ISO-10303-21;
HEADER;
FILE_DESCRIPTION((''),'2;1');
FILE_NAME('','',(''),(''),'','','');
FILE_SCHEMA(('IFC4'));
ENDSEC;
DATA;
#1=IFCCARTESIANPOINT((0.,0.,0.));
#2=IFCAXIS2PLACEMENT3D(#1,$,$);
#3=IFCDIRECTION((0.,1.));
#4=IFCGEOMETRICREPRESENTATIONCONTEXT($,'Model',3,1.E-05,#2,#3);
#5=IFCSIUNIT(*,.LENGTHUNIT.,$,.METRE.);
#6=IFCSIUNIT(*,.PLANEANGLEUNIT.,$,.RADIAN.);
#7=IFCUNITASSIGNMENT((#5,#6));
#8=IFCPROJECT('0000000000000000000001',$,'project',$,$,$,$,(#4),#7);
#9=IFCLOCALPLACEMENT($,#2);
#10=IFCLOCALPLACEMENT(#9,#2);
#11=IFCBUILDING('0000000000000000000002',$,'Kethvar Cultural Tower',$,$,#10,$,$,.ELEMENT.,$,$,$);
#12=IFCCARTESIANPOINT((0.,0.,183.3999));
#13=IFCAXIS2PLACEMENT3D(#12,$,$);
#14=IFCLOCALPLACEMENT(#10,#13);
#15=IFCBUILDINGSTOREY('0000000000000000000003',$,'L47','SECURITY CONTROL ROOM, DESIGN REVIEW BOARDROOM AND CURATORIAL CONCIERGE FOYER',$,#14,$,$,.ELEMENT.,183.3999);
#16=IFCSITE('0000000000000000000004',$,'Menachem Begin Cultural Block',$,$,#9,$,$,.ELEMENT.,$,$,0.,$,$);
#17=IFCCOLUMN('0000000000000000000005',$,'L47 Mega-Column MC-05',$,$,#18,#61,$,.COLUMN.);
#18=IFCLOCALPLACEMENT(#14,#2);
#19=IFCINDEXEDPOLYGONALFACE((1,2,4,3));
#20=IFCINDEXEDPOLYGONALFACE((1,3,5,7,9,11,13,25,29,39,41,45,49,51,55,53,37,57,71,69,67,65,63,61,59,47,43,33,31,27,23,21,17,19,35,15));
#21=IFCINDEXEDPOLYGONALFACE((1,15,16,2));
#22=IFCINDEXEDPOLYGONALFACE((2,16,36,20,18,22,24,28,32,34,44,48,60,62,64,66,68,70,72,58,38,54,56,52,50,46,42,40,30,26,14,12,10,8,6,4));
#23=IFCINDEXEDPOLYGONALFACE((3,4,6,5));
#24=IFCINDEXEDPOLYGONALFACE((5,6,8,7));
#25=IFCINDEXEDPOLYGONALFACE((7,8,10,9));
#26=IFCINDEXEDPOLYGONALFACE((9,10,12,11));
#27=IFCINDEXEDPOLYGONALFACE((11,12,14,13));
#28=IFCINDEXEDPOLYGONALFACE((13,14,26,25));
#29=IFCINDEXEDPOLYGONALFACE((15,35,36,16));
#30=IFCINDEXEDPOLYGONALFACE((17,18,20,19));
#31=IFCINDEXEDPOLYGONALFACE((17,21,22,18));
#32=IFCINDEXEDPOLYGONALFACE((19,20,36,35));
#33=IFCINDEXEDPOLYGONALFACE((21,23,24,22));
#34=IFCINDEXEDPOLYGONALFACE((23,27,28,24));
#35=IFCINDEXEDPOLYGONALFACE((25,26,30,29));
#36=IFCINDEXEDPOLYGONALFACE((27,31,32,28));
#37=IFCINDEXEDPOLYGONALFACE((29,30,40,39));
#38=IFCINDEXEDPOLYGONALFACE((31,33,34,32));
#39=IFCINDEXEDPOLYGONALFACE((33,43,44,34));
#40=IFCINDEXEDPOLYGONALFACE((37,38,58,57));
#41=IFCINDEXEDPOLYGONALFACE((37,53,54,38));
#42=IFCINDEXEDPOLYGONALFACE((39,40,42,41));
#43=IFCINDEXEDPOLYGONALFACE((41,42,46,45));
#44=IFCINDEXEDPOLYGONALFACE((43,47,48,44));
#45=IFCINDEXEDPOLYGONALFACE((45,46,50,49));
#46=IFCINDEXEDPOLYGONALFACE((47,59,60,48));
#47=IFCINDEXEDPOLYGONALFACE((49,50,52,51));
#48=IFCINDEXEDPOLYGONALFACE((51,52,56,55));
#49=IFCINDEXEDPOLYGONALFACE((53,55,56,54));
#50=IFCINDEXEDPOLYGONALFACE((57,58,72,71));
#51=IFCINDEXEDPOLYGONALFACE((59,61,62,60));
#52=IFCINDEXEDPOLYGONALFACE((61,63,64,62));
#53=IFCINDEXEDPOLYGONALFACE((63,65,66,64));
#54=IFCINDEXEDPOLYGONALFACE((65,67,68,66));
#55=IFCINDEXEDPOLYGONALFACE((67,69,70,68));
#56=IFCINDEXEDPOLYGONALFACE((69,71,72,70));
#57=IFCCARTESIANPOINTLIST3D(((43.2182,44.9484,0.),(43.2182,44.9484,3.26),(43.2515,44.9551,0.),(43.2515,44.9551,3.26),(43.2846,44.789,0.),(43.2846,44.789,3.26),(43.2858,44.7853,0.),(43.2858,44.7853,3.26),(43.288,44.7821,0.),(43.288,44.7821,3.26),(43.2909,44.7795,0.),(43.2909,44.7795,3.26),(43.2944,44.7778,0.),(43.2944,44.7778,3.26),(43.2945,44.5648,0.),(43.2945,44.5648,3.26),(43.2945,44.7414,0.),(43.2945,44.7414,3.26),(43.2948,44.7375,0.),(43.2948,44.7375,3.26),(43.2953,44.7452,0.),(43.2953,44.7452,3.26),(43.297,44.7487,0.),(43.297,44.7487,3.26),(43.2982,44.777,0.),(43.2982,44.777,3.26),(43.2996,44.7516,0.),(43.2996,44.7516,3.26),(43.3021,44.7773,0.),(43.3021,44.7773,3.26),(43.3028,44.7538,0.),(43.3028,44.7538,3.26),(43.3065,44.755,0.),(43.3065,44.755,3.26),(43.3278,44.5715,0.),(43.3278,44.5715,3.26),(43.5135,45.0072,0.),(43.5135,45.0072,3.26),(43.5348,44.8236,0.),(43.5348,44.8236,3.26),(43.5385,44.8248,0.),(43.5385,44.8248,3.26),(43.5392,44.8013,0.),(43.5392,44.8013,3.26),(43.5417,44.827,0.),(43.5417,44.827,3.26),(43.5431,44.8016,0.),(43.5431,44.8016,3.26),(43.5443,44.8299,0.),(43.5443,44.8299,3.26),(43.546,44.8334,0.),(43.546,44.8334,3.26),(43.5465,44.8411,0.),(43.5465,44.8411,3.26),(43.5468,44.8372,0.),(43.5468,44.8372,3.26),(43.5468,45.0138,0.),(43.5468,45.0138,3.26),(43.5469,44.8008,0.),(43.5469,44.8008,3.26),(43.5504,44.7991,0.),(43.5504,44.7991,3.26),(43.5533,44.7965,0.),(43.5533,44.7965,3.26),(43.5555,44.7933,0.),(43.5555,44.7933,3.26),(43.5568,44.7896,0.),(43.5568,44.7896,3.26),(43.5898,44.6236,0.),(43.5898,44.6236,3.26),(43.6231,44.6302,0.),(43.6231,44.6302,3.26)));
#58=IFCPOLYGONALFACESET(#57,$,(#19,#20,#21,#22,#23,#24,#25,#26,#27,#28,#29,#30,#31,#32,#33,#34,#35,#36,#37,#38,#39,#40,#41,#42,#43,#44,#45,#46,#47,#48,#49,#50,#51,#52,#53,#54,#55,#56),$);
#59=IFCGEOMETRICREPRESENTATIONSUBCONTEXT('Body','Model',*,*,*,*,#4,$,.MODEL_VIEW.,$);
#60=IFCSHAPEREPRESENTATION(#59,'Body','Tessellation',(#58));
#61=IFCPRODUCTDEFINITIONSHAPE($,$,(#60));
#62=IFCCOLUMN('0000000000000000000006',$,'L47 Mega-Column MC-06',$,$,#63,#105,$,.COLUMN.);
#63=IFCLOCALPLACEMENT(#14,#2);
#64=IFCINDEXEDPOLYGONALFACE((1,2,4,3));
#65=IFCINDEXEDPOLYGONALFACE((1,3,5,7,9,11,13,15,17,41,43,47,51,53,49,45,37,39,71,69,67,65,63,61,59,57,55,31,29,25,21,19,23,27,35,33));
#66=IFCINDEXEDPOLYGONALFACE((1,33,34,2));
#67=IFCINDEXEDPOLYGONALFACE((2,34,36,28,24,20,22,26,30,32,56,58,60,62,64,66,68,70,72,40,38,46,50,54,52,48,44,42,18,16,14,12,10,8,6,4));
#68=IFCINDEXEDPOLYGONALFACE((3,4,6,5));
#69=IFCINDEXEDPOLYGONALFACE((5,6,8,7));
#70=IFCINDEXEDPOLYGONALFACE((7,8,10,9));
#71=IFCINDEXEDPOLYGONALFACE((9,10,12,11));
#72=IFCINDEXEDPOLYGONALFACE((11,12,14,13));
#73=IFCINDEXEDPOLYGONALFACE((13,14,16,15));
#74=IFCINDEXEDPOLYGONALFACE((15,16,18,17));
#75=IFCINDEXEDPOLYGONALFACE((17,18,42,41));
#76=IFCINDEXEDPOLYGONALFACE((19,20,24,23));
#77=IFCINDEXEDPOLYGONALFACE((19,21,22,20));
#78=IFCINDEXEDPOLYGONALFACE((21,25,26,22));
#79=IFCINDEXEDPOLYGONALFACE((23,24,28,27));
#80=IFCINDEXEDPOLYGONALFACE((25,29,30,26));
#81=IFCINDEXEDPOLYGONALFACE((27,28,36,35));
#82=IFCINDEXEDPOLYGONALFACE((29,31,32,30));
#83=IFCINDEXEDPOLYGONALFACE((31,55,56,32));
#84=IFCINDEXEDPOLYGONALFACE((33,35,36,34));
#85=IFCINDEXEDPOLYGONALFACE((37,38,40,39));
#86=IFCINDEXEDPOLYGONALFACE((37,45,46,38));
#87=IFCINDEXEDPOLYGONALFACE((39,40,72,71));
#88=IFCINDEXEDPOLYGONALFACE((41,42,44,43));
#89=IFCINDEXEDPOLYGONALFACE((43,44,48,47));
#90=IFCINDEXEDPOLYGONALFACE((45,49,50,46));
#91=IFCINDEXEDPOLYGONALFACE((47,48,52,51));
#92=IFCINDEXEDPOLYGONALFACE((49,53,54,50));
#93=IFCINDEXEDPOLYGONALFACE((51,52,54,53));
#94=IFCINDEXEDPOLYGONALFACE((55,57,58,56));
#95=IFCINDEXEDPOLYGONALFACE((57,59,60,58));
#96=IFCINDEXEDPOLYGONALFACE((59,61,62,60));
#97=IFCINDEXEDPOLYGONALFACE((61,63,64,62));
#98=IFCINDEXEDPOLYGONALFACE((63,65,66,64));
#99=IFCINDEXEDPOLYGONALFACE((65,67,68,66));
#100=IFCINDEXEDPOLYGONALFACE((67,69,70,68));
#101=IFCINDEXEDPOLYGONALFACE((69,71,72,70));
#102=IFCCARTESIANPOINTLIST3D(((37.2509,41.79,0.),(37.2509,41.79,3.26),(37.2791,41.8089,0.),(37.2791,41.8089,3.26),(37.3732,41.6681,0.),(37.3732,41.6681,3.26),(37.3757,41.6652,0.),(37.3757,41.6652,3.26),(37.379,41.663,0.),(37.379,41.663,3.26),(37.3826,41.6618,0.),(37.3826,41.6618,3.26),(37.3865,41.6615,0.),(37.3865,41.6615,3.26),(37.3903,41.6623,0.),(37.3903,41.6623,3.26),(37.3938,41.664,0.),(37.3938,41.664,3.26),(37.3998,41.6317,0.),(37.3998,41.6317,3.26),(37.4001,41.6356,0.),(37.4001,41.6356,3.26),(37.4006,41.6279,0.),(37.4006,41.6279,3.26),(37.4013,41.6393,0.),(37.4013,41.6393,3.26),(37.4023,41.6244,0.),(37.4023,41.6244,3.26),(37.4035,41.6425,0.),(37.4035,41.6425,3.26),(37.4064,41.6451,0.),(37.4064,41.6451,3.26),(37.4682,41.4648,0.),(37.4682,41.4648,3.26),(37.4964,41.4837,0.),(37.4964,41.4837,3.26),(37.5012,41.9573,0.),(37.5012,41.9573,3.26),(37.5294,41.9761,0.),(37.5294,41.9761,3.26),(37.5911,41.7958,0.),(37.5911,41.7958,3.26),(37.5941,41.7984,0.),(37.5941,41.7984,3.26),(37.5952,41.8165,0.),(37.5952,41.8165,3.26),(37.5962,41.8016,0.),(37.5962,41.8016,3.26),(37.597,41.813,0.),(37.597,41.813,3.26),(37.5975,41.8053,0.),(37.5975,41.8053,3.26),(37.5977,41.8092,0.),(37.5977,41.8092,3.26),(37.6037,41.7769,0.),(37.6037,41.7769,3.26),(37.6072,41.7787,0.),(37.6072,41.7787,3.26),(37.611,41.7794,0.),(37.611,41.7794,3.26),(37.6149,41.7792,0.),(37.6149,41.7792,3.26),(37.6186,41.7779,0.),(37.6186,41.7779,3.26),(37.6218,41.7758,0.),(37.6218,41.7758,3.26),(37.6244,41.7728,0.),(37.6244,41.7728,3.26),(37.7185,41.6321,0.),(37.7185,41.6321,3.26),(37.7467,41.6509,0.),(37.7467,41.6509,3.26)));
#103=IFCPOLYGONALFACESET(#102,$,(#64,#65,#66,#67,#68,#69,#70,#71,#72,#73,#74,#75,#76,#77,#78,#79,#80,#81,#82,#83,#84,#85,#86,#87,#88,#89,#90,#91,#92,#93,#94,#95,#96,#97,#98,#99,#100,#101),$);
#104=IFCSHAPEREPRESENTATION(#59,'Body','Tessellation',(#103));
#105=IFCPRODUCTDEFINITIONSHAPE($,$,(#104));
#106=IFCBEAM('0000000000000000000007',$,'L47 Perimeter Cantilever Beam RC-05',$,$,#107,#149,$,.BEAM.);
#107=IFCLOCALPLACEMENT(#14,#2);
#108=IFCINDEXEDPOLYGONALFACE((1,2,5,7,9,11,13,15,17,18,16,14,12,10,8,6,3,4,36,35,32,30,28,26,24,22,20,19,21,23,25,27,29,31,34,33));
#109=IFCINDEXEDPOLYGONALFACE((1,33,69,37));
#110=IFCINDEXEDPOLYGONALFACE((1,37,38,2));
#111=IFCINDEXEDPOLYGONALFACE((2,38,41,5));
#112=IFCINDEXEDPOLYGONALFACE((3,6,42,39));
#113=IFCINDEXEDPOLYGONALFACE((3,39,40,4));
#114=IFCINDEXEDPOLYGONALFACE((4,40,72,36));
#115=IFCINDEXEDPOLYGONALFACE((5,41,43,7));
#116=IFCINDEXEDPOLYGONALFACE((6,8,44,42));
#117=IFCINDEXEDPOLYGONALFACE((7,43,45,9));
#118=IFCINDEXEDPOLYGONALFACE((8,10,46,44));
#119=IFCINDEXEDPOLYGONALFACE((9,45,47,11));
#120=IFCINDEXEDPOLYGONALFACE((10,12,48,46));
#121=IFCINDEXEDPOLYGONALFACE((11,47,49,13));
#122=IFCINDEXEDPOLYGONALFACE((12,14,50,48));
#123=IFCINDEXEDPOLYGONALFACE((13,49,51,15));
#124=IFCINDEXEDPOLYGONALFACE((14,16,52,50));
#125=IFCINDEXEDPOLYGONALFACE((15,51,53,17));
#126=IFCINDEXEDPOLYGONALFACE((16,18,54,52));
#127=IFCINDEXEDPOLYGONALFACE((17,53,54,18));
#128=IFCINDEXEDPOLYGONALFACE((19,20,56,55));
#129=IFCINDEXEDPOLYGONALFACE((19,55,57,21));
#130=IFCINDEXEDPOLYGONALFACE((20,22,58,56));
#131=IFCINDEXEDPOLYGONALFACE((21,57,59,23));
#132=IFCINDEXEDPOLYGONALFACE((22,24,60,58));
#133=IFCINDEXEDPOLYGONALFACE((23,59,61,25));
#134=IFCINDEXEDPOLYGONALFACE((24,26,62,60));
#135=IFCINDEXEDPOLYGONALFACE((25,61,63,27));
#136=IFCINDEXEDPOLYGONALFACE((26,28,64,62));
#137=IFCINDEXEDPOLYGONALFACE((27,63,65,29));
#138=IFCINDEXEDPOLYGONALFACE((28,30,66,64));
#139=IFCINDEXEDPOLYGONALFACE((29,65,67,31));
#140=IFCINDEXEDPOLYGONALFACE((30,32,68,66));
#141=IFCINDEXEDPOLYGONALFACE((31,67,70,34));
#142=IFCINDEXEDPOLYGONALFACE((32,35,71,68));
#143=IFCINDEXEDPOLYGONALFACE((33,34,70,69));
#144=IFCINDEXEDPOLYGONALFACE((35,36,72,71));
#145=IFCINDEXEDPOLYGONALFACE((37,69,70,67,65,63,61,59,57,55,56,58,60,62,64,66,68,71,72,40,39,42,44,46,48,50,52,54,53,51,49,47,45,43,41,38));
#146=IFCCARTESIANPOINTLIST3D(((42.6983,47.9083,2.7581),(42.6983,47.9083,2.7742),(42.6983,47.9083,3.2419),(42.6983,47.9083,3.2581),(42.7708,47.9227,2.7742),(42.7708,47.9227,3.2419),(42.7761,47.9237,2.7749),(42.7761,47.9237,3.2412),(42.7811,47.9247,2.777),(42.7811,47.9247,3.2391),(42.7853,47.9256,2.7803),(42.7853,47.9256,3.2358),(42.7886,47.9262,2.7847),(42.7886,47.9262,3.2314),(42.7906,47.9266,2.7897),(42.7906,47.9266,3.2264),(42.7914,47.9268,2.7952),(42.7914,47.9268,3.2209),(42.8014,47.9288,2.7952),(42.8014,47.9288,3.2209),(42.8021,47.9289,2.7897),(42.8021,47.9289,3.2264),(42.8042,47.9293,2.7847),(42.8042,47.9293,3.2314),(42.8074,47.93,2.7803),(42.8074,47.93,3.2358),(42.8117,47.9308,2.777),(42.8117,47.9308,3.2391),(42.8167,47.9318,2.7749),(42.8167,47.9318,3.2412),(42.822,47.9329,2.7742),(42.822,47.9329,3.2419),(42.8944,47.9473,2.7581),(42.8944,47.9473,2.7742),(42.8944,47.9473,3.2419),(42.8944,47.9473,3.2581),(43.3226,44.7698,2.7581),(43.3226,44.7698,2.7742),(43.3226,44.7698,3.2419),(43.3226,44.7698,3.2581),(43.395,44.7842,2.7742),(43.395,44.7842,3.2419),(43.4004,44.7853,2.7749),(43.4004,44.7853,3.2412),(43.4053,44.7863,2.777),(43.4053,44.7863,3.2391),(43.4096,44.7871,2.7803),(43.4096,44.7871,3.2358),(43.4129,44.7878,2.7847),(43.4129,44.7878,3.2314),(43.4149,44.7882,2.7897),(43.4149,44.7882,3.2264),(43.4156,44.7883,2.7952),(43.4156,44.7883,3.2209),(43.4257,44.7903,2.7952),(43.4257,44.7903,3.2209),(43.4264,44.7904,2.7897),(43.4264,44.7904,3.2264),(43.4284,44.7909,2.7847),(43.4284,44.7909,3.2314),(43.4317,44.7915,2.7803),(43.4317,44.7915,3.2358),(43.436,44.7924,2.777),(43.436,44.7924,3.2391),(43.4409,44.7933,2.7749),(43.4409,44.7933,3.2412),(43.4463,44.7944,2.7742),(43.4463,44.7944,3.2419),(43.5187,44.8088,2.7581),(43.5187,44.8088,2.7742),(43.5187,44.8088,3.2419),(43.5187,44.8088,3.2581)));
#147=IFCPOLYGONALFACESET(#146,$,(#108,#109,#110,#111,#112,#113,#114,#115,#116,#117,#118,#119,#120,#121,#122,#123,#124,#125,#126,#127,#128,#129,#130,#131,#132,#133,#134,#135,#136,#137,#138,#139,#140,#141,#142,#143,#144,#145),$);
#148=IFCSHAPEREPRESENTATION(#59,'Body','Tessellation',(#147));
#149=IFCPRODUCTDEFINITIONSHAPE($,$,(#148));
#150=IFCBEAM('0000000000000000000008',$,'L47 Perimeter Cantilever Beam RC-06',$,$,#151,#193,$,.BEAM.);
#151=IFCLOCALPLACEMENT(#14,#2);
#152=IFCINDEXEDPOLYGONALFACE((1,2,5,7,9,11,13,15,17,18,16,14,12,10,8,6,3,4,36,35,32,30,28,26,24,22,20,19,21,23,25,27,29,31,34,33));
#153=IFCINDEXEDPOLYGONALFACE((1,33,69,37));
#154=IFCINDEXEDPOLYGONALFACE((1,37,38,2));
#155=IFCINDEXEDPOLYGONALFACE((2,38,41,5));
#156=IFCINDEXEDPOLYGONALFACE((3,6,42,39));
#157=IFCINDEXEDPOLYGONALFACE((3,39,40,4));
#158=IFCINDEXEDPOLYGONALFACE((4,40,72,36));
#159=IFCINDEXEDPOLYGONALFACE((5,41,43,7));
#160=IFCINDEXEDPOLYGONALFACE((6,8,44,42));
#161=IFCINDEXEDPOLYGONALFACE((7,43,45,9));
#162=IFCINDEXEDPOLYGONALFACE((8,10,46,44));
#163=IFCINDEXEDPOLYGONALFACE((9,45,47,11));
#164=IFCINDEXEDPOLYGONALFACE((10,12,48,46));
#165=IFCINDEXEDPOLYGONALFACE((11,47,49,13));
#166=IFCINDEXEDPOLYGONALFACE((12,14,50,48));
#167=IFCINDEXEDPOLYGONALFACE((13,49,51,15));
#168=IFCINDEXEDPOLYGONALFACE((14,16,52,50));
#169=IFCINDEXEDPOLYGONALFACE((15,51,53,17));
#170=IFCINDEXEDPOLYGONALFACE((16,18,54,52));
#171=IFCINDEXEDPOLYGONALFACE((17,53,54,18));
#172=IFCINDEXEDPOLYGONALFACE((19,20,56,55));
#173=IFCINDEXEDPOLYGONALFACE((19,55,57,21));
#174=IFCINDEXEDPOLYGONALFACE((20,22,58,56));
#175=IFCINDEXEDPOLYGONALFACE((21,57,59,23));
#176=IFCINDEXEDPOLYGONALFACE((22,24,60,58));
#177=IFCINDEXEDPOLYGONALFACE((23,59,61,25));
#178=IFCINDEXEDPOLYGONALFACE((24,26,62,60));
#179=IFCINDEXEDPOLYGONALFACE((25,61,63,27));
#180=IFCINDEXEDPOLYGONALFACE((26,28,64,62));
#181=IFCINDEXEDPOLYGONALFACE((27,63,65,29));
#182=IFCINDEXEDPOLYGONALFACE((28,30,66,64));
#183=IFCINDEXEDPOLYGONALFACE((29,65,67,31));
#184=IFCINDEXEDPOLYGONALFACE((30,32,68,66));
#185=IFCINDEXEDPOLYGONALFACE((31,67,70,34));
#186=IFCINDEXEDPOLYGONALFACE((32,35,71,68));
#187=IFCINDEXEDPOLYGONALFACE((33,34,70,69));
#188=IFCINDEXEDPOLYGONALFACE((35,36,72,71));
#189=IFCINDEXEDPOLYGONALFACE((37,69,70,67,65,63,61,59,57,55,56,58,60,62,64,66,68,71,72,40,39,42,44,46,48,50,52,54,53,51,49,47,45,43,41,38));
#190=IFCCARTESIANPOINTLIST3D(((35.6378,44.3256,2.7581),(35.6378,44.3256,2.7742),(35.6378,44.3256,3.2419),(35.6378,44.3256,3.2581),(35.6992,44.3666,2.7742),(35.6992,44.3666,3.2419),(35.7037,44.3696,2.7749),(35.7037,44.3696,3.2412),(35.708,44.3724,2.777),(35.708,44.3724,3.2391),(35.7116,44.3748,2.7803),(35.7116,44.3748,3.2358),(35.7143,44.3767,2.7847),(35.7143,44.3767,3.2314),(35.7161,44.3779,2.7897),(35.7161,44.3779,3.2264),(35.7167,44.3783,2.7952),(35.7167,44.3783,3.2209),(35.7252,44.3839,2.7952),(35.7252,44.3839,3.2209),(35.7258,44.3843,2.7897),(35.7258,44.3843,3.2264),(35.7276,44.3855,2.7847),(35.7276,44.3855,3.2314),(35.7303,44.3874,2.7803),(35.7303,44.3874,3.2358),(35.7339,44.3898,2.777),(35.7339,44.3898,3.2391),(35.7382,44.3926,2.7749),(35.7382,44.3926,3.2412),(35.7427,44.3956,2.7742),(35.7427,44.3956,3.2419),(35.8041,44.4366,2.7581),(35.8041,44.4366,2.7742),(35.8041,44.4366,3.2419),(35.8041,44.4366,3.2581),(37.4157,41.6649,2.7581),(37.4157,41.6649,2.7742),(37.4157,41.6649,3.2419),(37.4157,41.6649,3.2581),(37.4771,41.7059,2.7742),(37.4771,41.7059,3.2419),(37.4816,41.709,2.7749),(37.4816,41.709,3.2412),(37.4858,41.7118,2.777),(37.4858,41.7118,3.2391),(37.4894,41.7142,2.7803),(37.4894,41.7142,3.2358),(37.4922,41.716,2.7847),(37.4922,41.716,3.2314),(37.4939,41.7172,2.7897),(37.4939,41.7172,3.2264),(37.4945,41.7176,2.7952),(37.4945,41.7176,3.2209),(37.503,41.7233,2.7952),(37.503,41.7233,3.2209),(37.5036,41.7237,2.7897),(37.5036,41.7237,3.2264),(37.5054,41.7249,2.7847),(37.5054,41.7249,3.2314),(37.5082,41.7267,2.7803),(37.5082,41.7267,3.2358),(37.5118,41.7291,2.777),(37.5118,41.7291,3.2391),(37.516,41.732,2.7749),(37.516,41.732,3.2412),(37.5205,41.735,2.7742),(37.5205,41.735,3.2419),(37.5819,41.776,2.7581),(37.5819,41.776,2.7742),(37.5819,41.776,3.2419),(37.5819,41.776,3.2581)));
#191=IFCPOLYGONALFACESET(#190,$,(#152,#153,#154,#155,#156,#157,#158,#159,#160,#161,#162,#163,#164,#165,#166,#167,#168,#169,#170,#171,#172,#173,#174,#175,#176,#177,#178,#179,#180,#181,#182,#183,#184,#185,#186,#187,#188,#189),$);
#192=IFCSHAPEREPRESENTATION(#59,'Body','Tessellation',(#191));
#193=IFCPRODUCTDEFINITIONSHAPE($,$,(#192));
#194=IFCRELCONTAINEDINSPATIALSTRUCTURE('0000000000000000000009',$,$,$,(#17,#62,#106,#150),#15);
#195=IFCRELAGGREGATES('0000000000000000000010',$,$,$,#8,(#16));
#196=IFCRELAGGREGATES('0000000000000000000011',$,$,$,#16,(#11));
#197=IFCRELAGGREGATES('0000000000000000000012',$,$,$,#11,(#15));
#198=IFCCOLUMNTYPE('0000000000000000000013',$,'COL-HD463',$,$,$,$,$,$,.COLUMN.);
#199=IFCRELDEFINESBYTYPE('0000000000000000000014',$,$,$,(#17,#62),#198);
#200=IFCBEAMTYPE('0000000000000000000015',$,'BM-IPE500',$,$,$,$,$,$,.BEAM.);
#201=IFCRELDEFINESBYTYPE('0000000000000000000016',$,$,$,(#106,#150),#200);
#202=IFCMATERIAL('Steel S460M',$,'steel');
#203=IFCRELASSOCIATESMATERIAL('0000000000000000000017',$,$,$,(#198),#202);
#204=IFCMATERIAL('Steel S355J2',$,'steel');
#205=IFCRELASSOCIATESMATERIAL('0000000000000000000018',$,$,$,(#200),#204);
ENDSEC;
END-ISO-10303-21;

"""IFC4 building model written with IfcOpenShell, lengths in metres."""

from ifc_helpers import new_model, si_unit, direction, frame, origin, origin_2d, place, context, subcontext, project, spatial, i_section, extrude, source, transform, mapped, material, material_profile, profile_set, type_object, element, save


model = new_model("IFC4")

# Units and contexts
model_context = context("Model", 3, precision=1e-05, world=origin(), true_north=direction((0.0, 1.0)))
body_context = subcontext(model_context, "Body", "Model", "MODEL_VIEW")
ifc_project = project(units=[si_unit("LENGTHUNIT", "METRE"), si_unit("PLANEANGLEUNIT", "RADIAN")], contexts=[model_context])

# Site, building, storey
site_placement = place(None, origin())
site = spatial("IfcSite", under=ifc_project, at=site_placement, Name="Menachem Begin Cultural Block", CompositionType="ELEMENT", RefElevation=0.0)
building_placement = place(site_placement, origin())
building = spatial("IfcBuilding", under=site, at=building_placement, Name="Kethvar Cultural Tower", CompositionType="ELEMENT")
storey_placement = place(building_placement, frame((0.0, 0.0, 183.3999)))
storey = spatial("IfcBuildingStorey", under=building, at=storey_placement, Name="L47", Description="SECURITY CONTROL ROOM, DESIGN REVIEW BOARDROOM AND CURATORIAL CONCIERGE FOYER", CompositionType="ELEMENT", Elevation=183.3999)

# Columns
ifc_material_1 = material(Name="Steel S460M", Category="steel")
ifc_material_profile_1 = material_profile(ifc_material_1, i_section(OverallWidth=0.3911, OverallDepth=0.335, WebThickness=0.0227, FlangeThickness=0.0339, FilletRadius=0.0149, at=origin_2d()), Name="Steel S460M — HD400x463")
ifc_profile_set_1 = profile_set([ifc_material_profile_1], Name="Steel S460M — HD400x463")
column_type = type_object("IfcColumnType", Name="COL-HD463", PredefinedType="COLUMN", material=ifc_profile_set_1)
shared_shape_1 = source(origin(), body_context, "Body", "SweptSolid", [
    extrude(i_section(OverallWidth=0.3911, OverallDepth=0.335, WebThickness=0.0227, FlangeThickness=0.0339, FilletRadius=0.0149, at=origin_2d()), origin(), (0.0, 0.0, 1.0), 3.26),
])
for number, where, z_axis, x_axis, name in (
    (1, (43.4207, 44.7893, 0.0), (0.0, 0.0, 1.0), (-0.19509, 0.980785, 0.0), "L47 Mega-Column MC-05"),
    (2, (37.4988, 41.7205, 0.0), (0.0, 0.0, 1.0), (-0.55557, 0.83147, 0.0), "L47 Mega-Column MC-06"),
):
    element("IfcColumn", number, at=place(storey_placement, frame(where, z_axis=z_axis, x_axis=x_axis)), inside=storey, type_object=column_type, Name=name, PredefinedType="COLUMN", context=body_context, shape_type="MappedRepresentation", body=[
        mapped(shared_shape_1, transform((0.0, 0.0, 0.0), scale=1.0)),
    ])

# Beams
ifc_material_2 = material(Name="Steel S355J2", Category="steel")
ifc_material_profile_2 = material_profile(ifc_material_2, i_section(OverallWidth=0.2, OverallDepth=0.5, WebThickness=0.0103, FlangeThickness=0.0161, FilletRadius=0.021, at=origin_2d()), Name="Steel S355J2 — IPE500")
ifc_profile_set_2 = profile_set([ifc_material_profile_2], Name="Steel S355J2 — IPE500")
beam_type_1 = type_object("IfcBeamType", Name="BM-IPE500", PredefinedType="BEAM", material=ifc_profile_set_2)
shared_shape_2 = source(origin(), body_context, "Body", "SweptSolid", [
    extrude(i_section(OverallWidth=0.2, OverallDepth=0.5, WebThickness=0.0103, FlangeThickness=0.0161, FilletRadius=0.021, at=origin_2d()), origin(), (0.0, 0.0, 1.0), 3.2),
])
for number, where, z_axis, x_axis, name in (
    (3, (43.4207, 44.7893, 3.0081), (-0.195089, 0.980786, 0.0), (-0.980786, -0.195089, 0.0), "L47 Perimeter Cantilever Beam RC-05"),
    (4, (37.4988, 41.7205, 3.0081), (-0.55558, 0.831463, 0.0), (-0.831463, -0.55558, 0.0), "L47 Perimeter Cantilever Beam RC-06"),
):
    element("IfcBeam", number, at=place(storey_placement, frame(where, z_axis=z_axis, x_axis=x_axis)), inside=storey, type_object=beam_type_1, Name=name, PredefinedType="BEAM", context=body_context, shape_type="MappedRepresentation", body=[
        mapped(shared_shape_2, transform((0.0, 0.0, 0.0), scale=1.0)),
    ])

save(model, "model.ifc")
